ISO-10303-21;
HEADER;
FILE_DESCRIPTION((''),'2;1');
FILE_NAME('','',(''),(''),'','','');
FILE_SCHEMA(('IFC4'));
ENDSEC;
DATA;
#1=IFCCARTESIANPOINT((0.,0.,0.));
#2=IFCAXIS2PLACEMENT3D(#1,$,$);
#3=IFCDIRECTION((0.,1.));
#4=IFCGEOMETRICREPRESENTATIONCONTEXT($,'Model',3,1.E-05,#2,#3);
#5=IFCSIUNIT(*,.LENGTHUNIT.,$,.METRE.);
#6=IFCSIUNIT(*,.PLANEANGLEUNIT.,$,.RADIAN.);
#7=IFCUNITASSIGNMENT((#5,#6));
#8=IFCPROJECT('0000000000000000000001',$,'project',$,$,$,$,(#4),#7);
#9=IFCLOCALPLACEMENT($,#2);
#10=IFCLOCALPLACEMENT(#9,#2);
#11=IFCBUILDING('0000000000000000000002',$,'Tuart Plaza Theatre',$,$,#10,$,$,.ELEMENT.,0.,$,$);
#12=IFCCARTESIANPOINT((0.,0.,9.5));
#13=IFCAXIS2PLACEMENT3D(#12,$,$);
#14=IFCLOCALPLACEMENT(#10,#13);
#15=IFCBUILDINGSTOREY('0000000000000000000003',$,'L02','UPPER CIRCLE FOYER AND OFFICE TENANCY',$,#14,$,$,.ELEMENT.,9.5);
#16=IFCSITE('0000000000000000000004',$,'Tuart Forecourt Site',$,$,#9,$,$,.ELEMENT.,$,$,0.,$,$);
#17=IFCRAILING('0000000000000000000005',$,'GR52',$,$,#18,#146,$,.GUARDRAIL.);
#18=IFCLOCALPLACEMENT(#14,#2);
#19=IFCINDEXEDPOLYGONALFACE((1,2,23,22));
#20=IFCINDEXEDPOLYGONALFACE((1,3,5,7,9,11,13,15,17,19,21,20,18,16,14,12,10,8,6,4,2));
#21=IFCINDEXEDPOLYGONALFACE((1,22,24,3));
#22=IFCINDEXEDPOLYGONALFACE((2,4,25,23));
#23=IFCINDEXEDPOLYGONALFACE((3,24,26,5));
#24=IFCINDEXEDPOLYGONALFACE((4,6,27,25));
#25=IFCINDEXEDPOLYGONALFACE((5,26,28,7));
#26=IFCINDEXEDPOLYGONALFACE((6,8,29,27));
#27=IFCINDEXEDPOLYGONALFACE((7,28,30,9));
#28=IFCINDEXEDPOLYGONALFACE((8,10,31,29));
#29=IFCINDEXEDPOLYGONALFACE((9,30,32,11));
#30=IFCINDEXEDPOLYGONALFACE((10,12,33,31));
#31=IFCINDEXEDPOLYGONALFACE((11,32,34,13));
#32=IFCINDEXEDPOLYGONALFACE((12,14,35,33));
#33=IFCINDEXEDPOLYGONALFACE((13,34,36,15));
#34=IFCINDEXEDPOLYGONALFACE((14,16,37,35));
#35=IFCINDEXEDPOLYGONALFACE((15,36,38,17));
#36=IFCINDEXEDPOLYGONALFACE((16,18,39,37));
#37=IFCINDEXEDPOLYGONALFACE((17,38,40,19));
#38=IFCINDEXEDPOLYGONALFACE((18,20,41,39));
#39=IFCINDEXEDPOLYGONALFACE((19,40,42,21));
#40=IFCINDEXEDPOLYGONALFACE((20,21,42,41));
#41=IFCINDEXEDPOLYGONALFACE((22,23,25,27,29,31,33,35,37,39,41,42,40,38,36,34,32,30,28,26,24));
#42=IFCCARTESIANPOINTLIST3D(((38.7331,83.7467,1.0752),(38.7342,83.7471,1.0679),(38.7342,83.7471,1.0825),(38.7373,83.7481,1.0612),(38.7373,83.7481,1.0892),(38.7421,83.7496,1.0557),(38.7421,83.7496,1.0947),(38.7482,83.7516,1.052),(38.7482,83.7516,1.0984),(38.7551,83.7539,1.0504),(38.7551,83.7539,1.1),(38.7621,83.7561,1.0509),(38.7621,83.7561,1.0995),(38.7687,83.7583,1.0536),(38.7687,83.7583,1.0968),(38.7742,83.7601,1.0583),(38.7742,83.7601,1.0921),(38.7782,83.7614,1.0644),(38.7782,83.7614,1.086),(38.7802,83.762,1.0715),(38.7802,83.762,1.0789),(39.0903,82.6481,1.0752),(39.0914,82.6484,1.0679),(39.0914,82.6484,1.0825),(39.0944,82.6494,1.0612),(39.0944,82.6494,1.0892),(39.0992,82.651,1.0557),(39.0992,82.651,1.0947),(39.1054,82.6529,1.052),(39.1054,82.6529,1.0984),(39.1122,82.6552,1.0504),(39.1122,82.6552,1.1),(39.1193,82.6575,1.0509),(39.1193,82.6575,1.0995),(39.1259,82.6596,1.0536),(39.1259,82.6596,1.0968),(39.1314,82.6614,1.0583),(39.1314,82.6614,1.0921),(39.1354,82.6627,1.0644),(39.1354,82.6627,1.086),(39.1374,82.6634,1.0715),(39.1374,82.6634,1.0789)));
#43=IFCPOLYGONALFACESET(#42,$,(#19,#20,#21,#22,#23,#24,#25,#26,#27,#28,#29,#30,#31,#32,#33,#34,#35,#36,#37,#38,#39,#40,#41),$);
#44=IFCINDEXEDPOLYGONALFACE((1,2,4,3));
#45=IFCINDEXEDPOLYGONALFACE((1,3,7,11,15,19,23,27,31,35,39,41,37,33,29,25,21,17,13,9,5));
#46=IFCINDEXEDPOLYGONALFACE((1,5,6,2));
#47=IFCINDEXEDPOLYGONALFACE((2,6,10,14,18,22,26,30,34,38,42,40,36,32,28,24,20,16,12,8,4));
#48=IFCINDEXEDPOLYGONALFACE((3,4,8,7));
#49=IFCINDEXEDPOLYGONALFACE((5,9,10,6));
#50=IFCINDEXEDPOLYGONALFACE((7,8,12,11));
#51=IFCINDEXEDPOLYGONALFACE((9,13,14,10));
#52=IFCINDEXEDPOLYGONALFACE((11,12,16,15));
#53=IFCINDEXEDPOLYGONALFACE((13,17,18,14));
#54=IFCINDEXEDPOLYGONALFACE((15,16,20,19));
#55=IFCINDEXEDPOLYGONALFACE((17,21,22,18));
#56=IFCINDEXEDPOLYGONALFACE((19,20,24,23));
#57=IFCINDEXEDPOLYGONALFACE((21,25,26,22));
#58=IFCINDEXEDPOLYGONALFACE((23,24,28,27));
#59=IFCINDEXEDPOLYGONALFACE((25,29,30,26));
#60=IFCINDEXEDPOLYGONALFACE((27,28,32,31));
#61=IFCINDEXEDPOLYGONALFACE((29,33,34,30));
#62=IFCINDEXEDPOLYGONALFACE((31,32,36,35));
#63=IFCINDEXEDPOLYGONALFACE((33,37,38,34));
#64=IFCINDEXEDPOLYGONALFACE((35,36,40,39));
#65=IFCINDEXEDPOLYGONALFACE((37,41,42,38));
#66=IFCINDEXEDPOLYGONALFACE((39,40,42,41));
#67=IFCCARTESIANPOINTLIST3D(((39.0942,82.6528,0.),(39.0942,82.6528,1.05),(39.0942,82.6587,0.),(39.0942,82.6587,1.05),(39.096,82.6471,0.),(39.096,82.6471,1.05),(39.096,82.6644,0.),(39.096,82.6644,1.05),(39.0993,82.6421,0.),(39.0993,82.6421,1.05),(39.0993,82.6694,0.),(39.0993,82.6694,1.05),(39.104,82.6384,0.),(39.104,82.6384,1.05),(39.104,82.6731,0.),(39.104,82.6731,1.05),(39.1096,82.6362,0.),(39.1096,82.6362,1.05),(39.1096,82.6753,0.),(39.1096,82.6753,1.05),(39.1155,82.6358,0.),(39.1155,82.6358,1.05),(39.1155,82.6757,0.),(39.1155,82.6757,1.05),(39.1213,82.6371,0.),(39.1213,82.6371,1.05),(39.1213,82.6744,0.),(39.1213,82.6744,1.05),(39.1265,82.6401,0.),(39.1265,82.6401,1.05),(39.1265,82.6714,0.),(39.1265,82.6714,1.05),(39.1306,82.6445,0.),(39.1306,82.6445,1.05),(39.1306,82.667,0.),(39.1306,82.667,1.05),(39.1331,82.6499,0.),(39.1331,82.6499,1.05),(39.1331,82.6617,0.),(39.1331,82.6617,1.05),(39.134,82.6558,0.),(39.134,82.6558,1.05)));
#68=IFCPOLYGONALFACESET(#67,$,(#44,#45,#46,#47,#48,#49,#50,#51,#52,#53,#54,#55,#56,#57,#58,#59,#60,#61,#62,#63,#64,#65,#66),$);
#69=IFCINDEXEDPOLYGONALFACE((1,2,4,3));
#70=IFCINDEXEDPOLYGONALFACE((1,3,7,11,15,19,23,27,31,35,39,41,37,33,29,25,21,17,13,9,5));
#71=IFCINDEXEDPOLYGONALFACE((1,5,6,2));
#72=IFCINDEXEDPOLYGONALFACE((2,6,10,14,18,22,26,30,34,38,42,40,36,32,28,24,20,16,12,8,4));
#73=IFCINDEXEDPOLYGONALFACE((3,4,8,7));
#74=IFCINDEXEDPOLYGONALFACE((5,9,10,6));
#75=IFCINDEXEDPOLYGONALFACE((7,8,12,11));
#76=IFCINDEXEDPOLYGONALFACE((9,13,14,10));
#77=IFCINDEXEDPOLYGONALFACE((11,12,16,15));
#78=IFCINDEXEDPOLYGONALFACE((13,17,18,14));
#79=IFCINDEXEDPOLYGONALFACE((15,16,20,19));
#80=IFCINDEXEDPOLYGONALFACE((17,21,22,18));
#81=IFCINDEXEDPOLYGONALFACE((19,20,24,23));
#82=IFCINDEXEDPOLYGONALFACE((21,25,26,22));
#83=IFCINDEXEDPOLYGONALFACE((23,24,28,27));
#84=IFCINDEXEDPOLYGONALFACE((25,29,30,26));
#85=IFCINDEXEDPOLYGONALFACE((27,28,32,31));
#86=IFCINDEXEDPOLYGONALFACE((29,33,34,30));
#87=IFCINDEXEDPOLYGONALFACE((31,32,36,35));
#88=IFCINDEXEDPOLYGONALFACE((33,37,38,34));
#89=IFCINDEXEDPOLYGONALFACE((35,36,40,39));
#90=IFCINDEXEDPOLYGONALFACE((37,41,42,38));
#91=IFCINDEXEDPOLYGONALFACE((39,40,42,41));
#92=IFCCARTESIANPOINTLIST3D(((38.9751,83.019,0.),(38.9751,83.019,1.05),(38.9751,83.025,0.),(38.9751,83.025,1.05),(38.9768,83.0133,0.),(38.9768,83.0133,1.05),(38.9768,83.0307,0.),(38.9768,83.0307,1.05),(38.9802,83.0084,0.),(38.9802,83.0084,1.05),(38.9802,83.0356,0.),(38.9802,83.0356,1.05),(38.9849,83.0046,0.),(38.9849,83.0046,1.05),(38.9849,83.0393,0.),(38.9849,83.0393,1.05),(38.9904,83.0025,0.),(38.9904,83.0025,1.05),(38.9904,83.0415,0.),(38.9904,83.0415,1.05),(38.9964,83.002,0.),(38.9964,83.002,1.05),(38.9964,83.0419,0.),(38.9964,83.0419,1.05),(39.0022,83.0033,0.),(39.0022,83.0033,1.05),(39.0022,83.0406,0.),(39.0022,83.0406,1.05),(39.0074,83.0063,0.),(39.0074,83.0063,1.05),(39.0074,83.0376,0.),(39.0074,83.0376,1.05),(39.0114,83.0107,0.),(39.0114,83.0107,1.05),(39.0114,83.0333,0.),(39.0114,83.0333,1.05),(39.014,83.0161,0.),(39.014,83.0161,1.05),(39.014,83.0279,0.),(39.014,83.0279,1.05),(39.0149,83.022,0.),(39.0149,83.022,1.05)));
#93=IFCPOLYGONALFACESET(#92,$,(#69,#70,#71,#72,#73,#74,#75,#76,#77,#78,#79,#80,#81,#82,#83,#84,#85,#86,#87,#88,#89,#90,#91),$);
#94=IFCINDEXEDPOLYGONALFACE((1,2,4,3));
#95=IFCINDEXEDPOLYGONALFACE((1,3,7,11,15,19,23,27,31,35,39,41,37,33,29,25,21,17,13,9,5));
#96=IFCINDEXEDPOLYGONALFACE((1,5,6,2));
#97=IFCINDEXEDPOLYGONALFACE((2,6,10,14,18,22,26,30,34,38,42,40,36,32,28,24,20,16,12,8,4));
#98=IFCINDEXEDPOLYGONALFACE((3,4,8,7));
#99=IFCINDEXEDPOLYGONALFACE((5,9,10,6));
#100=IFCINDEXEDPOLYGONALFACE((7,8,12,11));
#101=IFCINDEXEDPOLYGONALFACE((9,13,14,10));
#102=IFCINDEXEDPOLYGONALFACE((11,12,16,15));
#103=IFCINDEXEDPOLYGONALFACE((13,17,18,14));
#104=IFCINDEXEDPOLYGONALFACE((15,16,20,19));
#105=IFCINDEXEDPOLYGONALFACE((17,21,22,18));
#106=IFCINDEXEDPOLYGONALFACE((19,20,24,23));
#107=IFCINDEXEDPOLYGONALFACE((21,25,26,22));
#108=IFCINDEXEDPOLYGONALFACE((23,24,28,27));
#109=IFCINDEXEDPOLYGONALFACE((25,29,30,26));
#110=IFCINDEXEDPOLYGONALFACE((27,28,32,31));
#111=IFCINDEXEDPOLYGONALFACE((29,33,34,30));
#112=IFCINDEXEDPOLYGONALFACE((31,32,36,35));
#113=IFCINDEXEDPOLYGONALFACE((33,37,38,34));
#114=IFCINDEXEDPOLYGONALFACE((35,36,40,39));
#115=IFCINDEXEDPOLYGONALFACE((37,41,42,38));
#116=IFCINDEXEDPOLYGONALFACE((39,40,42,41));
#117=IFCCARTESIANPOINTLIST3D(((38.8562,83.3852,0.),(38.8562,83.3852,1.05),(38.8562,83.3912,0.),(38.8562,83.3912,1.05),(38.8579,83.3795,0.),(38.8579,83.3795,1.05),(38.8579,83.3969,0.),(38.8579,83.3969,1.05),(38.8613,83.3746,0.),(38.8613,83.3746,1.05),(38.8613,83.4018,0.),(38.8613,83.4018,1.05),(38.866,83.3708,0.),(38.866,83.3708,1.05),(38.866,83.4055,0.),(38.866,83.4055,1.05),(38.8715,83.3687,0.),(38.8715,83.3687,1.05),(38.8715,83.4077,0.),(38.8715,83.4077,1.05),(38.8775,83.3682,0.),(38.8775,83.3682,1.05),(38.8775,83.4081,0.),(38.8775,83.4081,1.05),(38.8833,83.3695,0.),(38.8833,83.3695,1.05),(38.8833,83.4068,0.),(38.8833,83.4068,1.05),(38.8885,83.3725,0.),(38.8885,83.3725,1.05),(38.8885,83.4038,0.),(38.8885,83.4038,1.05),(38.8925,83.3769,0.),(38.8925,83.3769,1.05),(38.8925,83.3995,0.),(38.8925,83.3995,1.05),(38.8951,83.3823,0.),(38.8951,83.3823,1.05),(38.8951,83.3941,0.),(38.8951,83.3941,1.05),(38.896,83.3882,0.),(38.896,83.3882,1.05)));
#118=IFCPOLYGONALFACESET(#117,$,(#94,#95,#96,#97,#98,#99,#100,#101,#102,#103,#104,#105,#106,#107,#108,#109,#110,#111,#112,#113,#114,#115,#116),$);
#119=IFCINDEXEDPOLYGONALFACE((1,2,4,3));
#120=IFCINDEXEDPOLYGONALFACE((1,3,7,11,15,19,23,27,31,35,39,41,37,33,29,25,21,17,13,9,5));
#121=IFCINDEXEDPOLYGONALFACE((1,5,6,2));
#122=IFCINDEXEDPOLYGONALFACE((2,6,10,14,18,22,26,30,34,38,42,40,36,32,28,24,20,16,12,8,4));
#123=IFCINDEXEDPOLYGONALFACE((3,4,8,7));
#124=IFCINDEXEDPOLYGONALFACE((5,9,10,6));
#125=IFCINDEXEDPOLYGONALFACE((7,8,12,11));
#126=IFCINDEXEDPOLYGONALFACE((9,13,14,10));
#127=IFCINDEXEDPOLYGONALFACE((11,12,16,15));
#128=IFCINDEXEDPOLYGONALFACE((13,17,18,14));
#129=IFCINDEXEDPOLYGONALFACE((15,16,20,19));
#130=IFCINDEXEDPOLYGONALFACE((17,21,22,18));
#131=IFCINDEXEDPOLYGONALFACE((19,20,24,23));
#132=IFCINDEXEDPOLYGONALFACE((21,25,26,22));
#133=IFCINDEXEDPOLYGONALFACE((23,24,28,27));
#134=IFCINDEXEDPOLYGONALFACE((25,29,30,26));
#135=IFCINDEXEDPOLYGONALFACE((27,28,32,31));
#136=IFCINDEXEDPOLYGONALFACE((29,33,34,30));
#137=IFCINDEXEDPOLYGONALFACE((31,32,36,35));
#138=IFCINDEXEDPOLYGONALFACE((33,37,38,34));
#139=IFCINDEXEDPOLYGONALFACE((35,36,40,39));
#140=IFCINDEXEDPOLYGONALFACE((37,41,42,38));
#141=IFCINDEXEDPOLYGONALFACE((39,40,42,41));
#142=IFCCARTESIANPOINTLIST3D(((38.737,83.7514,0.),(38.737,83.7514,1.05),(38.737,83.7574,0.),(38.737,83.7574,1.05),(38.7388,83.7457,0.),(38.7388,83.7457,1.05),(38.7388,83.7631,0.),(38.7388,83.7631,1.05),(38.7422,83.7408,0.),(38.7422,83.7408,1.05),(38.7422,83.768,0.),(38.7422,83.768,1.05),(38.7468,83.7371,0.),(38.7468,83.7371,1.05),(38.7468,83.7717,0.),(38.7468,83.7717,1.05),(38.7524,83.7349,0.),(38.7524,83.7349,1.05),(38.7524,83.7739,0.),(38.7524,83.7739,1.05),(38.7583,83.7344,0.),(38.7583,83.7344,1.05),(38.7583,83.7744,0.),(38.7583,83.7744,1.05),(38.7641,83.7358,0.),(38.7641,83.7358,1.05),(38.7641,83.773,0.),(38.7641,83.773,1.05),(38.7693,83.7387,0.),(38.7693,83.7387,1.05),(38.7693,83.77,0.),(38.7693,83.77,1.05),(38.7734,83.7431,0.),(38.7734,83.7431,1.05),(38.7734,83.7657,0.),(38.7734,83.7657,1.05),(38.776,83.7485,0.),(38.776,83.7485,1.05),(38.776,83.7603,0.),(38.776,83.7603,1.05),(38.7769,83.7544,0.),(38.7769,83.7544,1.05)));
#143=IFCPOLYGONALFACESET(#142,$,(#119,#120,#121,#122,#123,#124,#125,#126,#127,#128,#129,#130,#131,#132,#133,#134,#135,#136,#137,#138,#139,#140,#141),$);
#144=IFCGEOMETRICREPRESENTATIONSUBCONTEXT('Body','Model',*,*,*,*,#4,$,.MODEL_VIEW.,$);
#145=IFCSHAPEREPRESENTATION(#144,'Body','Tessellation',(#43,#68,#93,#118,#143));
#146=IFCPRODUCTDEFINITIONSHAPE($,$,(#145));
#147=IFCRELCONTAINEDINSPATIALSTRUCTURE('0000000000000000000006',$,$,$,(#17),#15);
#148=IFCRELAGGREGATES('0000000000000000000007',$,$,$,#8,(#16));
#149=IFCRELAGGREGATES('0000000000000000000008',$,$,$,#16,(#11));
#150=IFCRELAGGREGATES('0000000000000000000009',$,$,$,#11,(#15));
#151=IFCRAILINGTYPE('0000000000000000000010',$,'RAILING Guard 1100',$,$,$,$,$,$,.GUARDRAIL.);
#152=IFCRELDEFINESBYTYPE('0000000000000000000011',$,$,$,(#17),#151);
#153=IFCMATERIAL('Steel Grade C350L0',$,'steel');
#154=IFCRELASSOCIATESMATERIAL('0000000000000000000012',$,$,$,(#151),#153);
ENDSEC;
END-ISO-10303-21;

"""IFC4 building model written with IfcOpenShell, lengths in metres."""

from ifc_helpers import new_model, si_unit, direction, frame, origin, origin_2d, place, context, subcontext, project, spatial, circle, extrude, material, type_object, element, save


model = new_model("IFC4")

# Units and contexts
model_context = context("Model", 3, precision=1e-05, world=origin(), true_north=direction((0.0, 1.0)))
body_context = subcontext(model_context, "Body", "Model", "MODEL_VIEW")
ifc_project = project(units=[si_unit("LENGTHUNIT", "METRE"), si_unit("PLANEANGLEUNIT", "RADIAN")], contexts=[model_context])

# Site, building, storey
site_placement = place(None, origin())
site = spatial("IfcSite", under=ifc_project, at=site_placement, Name="Tuart Forecourt Site", CompositionType="ELEMENT", RefElevation=0.0)
building_placement = place(site_placement, origin())
building = spatial("IfcBuilding", under=site, at=building_placement, Name="Tuart Plaza Theatre", CompositionType="ELEMENT", ElevationOfRefHeight=0.0)
storey_placement = place(building_placement, frame((0.0, 0.0, 9.5)))
storey = spatial("IfcBuildingStorey", under=building, at=storey_placement, Name="L02", Description="UPPER CIRCLE FOYER AND OFFICE TENANCY", CompositionType="ELEMENT", Elevation=9.5)

# Railing
ifc_material_1 = material(Name="Steel Grade C350L0", Category="steel")
railing_type_1 = type_object("IfcRailingType", Name="RAILING Guard 1100", PredefinedType="GUARDRAIL", material=ifc_material_1)
railing_1_placement = place(storey_placement, frame((39.114, 82.6558, 0.0)))
element("IfcRailing", 1, at=railing_1_placement, inside=storey, type_object=railing_type_1, Name="GR52", PredefinedType="GUARDRAIL", context=body_context, shape_type="SweptSolid", body=[
    extrude(circle(Radius=0.0249, at=origin_2d()), frame((0.0, 0.0, 1.0752), z_axis=(-0.309182, 0.951003, 0.0), x_axis=(-0.951003, -0.309182, 0.0)), (0.0, 0.0, 1.0), 1.1553),
    extrude(circle(Radius=0.02, at=origin_2d()), origin(), (0.0, 0.0, 1.0), 1.05),
    extrude(circle(Radius=0.02, at=origin_2d()), frame((-0.1191, 0.3662, 0.0)), (0.0, 0.0, 1.0), 1.05),
    extrude(circle(Radius=0.02, at=origin_2d()), frame((-0.238, 0.7324, 0.0)), (0.0, 0.0, 1.0), 1.05),
    extrude(circle(Radius=0.02, at=origin_2d()), frame((-0.3572, 1.0986, 0.0)), (0.0, 0.0, 1.0), 1.05),
])

save(model, "model.ifc")
